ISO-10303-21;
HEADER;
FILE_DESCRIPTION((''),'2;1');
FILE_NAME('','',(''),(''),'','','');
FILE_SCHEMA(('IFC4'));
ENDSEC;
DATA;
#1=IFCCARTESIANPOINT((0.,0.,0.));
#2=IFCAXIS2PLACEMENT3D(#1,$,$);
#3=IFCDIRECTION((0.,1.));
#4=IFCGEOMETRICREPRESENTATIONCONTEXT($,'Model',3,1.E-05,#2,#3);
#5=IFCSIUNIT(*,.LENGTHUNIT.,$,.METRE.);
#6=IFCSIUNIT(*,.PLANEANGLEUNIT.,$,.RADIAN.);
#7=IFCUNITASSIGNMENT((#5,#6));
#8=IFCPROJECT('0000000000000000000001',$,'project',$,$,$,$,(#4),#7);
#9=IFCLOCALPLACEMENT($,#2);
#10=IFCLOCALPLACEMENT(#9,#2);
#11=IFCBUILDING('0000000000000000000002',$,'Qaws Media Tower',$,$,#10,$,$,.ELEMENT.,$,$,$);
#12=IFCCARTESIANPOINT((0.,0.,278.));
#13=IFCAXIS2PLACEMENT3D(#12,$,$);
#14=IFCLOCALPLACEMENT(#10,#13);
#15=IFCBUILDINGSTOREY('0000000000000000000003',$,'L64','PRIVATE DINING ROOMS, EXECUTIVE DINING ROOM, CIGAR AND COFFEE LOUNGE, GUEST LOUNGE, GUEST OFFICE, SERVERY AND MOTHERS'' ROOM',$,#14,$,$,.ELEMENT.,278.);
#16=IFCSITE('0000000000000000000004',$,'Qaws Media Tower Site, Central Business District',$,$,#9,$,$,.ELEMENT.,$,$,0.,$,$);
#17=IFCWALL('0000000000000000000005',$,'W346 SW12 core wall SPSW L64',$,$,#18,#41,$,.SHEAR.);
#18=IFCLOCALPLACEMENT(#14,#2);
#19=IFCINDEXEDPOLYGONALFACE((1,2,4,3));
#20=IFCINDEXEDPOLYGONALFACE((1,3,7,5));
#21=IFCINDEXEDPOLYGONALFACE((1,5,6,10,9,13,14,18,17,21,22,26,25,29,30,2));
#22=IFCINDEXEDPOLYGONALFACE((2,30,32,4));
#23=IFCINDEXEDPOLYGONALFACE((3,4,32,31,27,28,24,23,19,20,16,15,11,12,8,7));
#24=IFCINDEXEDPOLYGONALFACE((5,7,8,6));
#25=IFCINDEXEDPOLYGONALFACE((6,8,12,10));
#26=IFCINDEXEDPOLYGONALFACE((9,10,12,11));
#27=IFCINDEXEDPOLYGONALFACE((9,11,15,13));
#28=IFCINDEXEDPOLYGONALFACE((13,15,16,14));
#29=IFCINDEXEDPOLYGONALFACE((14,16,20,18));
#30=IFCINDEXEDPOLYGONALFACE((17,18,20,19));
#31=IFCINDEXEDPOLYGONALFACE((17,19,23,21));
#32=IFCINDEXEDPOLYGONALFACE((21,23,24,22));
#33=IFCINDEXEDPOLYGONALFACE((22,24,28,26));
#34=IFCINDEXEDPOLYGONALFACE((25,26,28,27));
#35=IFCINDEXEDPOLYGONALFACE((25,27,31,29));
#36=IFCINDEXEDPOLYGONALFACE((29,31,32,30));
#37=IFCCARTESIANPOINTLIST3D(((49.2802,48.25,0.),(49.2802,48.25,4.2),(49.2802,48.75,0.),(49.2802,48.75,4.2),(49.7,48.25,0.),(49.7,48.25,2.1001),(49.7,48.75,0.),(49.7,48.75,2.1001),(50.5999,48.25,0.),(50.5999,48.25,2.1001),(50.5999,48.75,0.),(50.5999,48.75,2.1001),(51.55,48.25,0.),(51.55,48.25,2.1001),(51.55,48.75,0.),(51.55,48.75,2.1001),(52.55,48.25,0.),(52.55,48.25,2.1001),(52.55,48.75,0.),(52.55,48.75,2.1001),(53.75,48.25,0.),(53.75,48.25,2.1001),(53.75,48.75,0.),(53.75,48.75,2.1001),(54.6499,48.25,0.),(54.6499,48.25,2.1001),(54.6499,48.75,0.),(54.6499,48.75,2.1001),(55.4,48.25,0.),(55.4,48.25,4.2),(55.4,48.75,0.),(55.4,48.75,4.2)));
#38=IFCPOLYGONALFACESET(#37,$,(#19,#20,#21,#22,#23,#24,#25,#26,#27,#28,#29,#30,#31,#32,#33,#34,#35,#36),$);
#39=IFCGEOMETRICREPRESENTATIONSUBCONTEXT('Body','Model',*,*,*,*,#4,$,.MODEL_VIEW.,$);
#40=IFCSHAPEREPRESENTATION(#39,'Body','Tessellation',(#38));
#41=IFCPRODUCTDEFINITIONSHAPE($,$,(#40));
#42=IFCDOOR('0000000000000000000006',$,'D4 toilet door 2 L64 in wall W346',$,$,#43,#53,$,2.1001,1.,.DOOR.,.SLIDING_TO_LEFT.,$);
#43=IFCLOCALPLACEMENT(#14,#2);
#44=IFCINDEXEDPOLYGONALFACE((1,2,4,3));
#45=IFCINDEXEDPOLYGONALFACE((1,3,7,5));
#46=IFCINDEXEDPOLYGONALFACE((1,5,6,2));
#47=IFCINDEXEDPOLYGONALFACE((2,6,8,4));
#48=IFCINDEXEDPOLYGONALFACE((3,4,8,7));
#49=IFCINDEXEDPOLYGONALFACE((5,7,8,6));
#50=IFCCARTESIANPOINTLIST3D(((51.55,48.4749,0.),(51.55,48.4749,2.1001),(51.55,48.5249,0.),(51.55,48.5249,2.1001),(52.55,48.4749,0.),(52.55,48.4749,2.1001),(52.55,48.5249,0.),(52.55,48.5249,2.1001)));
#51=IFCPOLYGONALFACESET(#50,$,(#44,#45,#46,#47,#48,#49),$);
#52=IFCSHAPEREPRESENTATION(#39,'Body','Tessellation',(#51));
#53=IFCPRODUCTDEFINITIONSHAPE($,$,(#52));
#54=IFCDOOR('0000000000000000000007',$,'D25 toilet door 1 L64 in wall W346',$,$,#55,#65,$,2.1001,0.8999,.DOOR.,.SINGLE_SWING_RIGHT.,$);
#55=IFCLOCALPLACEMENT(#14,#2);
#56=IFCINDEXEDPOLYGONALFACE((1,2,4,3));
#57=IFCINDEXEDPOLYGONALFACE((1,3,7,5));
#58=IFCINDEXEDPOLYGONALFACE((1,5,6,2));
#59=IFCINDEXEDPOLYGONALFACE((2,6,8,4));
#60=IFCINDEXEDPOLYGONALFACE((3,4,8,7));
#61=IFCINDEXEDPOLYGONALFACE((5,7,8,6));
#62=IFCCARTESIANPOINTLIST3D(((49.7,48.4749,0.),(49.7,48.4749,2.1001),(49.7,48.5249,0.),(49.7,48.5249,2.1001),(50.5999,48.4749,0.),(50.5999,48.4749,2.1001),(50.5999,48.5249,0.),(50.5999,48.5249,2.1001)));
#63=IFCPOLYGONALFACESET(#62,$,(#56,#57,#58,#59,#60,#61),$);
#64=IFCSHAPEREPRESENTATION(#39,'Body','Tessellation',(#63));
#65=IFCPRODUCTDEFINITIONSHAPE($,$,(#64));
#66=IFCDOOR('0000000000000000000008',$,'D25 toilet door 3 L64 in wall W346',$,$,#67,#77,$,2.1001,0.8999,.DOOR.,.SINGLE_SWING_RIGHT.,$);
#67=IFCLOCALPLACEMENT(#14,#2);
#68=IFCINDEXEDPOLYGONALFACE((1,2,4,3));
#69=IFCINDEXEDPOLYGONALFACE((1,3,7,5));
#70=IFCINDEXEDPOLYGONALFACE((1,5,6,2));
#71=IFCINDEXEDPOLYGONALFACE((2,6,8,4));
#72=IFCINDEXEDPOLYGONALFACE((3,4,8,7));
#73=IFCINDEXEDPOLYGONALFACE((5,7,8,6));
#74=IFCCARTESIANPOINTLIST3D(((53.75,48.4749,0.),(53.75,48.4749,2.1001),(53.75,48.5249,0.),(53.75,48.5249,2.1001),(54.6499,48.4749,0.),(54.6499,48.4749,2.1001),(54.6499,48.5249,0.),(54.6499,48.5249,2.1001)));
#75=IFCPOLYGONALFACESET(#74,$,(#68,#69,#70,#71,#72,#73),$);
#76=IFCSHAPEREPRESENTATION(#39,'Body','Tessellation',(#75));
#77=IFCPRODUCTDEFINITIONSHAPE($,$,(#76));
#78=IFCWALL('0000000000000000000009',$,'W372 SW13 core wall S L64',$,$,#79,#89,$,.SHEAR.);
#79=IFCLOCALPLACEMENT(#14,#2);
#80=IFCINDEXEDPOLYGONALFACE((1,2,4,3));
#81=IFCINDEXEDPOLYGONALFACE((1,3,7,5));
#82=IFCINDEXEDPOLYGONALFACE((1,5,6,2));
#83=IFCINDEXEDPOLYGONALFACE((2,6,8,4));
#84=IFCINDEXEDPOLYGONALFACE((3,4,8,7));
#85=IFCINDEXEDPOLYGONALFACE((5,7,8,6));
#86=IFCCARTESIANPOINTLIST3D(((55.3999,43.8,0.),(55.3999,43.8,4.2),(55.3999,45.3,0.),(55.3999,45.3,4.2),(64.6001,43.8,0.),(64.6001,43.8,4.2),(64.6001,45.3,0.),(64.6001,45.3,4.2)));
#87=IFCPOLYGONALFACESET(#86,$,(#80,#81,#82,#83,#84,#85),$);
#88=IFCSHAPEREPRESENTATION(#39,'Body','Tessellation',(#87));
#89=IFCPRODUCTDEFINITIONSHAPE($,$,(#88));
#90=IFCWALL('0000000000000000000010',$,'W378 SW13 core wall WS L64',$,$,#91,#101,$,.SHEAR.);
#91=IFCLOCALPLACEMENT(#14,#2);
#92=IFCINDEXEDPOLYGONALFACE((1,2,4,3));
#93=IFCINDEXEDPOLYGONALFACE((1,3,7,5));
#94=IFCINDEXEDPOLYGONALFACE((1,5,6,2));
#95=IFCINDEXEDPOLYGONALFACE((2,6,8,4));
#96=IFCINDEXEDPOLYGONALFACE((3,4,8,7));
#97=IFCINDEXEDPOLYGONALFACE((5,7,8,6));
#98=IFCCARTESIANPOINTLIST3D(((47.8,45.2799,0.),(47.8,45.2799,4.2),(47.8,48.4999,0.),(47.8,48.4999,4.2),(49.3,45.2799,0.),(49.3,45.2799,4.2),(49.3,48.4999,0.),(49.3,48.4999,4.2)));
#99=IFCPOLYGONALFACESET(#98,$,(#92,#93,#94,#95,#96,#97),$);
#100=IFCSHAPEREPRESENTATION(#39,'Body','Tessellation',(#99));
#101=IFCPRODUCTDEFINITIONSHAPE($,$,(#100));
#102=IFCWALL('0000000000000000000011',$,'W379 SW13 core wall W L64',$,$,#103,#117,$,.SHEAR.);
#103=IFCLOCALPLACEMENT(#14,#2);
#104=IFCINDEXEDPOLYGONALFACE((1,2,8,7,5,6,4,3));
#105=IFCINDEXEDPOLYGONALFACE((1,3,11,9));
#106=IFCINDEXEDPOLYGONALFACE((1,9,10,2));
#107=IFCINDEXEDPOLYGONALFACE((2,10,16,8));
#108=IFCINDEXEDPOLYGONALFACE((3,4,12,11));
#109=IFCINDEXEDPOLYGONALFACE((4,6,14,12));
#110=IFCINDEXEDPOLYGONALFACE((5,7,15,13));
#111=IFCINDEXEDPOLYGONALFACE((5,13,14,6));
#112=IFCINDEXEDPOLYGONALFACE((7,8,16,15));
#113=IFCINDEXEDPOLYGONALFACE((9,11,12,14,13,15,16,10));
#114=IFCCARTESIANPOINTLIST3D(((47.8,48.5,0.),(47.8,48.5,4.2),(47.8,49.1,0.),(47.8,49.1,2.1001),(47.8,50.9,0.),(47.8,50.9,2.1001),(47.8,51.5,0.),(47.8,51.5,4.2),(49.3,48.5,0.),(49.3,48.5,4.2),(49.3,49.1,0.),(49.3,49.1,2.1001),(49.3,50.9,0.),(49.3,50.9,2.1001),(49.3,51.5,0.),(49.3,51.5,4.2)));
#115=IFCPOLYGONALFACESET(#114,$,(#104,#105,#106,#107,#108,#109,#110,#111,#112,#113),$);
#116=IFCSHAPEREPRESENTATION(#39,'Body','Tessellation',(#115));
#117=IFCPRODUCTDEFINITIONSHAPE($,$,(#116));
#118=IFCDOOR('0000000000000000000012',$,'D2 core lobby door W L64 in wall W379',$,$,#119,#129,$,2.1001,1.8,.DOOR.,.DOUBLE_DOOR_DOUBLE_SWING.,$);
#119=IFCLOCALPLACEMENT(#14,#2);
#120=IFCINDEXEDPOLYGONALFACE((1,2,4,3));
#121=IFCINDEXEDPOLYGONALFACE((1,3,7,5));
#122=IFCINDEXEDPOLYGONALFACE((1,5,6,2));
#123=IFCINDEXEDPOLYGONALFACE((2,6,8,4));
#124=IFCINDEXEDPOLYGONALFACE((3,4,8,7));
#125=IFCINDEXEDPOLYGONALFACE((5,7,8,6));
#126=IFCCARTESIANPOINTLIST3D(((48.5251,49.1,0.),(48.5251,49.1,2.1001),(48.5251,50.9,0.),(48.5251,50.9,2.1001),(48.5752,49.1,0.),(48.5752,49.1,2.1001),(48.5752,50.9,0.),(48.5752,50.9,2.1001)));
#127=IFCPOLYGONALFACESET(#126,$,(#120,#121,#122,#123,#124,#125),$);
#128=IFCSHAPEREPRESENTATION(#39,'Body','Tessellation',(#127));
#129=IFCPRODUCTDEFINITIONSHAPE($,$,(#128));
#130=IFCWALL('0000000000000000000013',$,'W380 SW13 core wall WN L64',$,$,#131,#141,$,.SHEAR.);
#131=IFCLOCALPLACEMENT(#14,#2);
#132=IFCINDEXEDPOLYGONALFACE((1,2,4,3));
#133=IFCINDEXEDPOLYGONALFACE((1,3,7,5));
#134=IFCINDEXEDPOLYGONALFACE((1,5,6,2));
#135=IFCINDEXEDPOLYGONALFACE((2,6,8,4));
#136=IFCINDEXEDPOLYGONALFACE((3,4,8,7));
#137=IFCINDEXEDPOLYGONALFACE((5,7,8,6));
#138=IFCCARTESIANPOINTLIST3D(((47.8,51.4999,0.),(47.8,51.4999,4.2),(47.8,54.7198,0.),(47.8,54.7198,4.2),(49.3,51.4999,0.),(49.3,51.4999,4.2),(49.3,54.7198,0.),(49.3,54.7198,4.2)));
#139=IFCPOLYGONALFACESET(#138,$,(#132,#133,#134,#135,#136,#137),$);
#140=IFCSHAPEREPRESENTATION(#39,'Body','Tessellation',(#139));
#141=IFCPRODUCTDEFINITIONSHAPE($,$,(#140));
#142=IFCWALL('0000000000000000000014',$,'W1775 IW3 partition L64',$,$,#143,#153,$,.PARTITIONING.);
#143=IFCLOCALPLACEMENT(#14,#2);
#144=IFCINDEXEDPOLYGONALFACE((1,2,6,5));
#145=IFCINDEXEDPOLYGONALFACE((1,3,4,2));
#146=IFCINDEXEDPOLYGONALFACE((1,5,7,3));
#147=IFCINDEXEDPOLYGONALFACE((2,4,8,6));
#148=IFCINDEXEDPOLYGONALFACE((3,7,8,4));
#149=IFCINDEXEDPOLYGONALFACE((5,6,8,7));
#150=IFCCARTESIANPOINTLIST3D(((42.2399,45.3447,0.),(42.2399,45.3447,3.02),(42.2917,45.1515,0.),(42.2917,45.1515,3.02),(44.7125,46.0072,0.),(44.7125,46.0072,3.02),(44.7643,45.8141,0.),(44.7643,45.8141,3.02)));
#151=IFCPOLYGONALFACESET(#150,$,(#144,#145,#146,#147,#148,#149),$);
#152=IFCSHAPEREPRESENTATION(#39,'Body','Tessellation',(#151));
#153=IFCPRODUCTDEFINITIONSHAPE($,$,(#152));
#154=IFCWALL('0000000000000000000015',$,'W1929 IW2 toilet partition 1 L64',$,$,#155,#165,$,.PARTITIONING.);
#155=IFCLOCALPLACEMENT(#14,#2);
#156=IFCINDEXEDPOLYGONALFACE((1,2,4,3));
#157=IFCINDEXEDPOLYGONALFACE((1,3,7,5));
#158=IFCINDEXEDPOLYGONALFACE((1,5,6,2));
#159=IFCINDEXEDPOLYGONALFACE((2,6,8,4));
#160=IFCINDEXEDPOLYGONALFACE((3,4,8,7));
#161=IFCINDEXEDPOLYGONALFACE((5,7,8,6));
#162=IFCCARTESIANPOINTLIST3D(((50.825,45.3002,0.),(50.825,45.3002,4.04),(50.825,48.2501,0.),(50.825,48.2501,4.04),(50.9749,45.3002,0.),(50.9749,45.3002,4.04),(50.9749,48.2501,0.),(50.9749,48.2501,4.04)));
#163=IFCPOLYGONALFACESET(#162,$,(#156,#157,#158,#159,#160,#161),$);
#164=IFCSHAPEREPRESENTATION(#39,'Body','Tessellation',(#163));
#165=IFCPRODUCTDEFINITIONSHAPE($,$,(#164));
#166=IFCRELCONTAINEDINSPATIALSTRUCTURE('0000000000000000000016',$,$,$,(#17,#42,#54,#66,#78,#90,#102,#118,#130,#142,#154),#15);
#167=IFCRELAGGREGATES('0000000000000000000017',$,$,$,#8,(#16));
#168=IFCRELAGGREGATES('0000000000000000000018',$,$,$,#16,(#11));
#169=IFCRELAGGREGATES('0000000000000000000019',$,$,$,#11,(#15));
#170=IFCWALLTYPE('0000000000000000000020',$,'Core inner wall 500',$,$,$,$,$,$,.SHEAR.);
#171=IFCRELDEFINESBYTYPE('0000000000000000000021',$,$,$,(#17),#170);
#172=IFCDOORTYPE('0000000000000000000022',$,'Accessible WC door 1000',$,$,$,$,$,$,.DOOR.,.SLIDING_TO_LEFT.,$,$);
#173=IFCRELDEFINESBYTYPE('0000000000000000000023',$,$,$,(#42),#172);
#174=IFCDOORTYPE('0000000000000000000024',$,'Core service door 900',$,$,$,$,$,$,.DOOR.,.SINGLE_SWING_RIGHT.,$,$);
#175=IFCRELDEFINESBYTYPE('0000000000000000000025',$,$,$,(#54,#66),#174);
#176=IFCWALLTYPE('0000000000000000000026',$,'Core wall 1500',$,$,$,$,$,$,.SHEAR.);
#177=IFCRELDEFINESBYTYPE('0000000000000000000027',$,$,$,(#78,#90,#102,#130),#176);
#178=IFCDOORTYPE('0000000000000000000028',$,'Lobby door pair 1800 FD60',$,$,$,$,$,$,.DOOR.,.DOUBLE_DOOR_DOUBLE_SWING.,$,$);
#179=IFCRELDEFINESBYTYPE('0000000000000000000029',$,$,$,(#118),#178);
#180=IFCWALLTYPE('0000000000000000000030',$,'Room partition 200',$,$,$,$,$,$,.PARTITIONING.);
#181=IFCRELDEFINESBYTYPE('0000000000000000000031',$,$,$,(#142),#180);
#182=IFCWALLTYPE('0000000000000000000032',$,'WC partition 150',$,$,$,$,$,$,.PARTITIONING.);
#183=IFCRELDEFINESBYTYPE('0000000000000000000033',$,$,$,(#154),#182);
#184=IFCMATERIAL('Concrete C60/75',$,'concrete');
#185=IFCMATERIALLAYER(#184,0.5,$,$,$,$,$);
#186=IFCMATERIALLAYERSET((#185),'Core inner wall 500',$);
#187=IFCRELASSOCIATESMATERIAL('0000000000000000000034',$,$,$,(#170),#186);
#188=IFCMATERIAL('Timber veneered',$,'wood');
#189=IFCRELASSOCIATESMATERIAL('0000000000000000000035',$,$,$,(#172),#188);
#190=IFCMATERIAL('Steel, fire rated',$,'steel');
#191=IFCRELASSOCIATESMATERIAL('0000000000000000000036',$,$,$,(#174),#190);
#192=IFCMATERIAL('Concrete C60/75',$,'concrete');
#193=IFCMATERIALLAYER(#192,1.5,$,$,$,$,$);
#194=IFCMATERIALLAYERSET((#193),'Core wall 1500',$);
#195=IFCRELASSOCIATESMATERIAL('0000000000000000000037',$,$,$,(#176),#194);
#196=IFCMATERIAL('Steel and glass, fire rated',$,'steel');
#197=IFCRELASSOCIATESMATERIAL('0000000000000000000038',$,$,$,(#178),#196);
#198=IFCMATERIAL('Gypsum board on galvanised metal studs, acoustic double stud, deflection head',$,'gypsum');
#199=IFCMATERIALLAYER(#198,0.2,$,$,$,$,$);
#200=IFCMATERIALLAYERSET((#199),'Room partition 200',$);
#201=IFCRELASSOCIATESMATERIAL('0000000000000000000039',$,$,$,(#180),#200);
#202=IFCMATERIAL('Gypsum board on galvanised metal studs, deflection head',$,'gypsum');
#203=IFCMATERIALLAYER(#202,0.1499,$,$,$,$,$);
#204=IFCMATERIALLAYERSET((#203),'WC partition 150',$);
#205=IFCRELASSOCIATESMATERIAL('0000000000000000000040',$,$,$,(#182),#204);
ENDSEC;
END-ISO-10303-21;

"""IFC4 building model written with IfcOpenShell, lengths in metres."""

from ifc_helpers import new_model, si_unit, direction, frame, frame_2d, origin, place, context, subcontext, project, spatial, rectangle, extrude, material, layer, layer_set, type_object, element, fill, save


model = new_model("IFC4")

# Units and contexts
model_context = context("Model", 3, precision=1e-05, world=origin(), true_north=direction((0.0, 1.0)))
body_context = subcontext(model_context, "Body", "Model", "MODEL_VIEW")
ifc_project = project(units=[si_unit("LENGTHUNIT", "METRE"), si_unit("PLANEANGLEUNIT", "RADIAN")], contexts=[model_context])

# Site, building, storey
site_placement = place(None, origin())
site = spatial("IfcSite", under=ifc_project, at=site_placement, Name="Qaws Media Tower Site, Central Business District", CompositionType="ELEMENT", RefElevation=0.0)
building_placement = place(site_placement, origin())
building = spatial("IfcBuilding", under=site, at=building_placement, Name="Qaws Media Tower", CompositionType="ELEMENT")
storey_placement = place(building_placement, frame((0.0, 0.0, 278.0)))
storey = spatial("IfcBuildingStorey", under=building, at=storey_placement, Name="L64", Description="PRIVATE DINING ROOMS, EXECUTIVE DINING ROOM, CIGAR AND COFFEE LOUNGE, GUEST LOUNGE, GUEST OFFICE, SERVERY AND MOTHERS' ROOM", CompositionType="ELEMENT", Elevation=278.0)

# Shared definitions
ifc_material_1 = material(Name="Concrete C60/75", Category="concrete")
ifc_layer_1 = layer(ifc_material_1, 0.5)
ifc_layer_set_1 = layer_set([ifc_layer_1], Name="Core inner wall 500")
wall_type_1 = type_object("IfcWallType", Name="Core inner wall 500", PredefinedType="SHEAR", material=ifc_layer_set_1)

# Wall, openings, doors
wall_1_placement = place(storey_placement, frame((49.28, 48.5, 0.0), z_axis=(0.0, 0.0, 1.0), x_axis=(1.0, 0.0, 0.0)))
wall_1 = element("IfcWall", 1, at=wall_1_placement, inside=storey, type_object=wall_type_1, Name="W346 SW12 core wall SPSW L64", PredefinedType="SHEAR", context=body_context, shape_type="SweptSolid", body=[
    extrude(rectangle(XDim=6.1199, YDim=0.5, at=frame_2d((3.0601, 0.0))), origin(), (0.0, 0.0, 1.0), 4.2),
])
opening_1_placement = place(wall_1_placement, frame((0.4199, 0.0, 0.0)))
opening_1 = element("IfcOpeningElement", 2, at=opening_1_placement, cuts=wall_1, PredefinedType="OPENING", context=body_context, shape_type="SweptSolid", body=[
    extrude(rectangle(XDim=0.8999, YDim=2.1001, at=frame_2d((0.45, 1.05))), frame((0.0, 0.26, 0.0), z_axis=(0.0, -1.0, 0.0), x_axis=(1.0, 0.0, 0.0)), (0.0, 0.0, 1.0), 0.52),
])
opening_2_placement = place(wall_1_placement, frame((2.27, 0.0, 0.0)))
opening_2 = element("IfcOpeningElement", 3, at=opening_2_placement, cuts=wall_1, PredefinedType="OPENING", context=body_context, shape_type="SweptSolid", body=[
    extrude(rectangle(XDim=1.0, YDim=2.1001, at=frame_2d((0.5, 1.05))), frame((0.0, 0.26, 0.0), z_axis=(0.0, -1.0, 0.0), x_axis=(1.0, 0.0, 0.0)), (0.0, 0.0, 1.0), 0.52),
])
opening_3_placement = place(wall_1_placement, frame((4.47, 0.0, 0.0)))
opening_3 = element("IfcOpeningElement", 4, at=opening_3_placement, cuts=wall_1, PredefinedType="OPENING", context=body_context, shape_type="SweptSolid", body=[
    extrude(rectangle(XDim=0.8999, YDim=2.1001, at=frame_2d((0.45, 1.05))), frame((0.0, 0.26, 0.0), z_axis=(0.0, -1.0, 0.0), x_axis=(1.0, 0.0, 0.0)), (0.0, 0.0, 1.0), 0.52),
])
ifc_material_2 = material(Name="Timber veneered", Category="wood")
door_type_1 = type_object("IfcDoorType", Name="Accessible WC door 1000", OperationType="SLIDING_TO_LEFT", PredefinedType="DOOR", material=ifc_material_2)
door_1_placement = place(opening_2_placement, origin())
door_1 = element("IfcDoor", 5, at=door_1_placement, inside=storey, type_object=door_type_1, Name="D4 toilet door 2 L64 in wall W346", OperationType="SLIDING_TO_LEFT", OverallHeight=2.1001, OverallWidth=1.0, PredefinedType="DOOR", context=body_context, shape_type="SweptSolid", body=[
    extrude(rectangle(XDim=1.0, YDim=2.1001, at=frame_2d((0.5, 1.05))), frame((0.0, 0.0249, 0.0), z_axis=(0.0, -1.0, 0.0), x_axis=(1.0, 0.0, 0.0)), (0.0, 0.0, 1.0), 0.05),
])
fill(opening_2, door_1)
ifc_material_3 = material(Name="Steel, fire rated", Category="steel")
door_type_2 = type_object("IfcDoorType", Name="Core service door 900", OperationType="SINGLE_SWING_RIGHT", PredefinedType="DOOR", material=ifc_material_3)
door_2_placement = place(opening_1_placement, origin())
door_2 = element("IfcDoor", 6, at=door_2_placement, inside=storey, type_object=door_type_2, Name="D25 toilet door 1 L64 in wall W346", OperationType="SINGLE_SWING_RIGHT", OverallHeight=2.1001, OverallWidth=0.8999, PredefinedType="DOOR", context=body_context, shape_type="SweptSolid", body=[
    extrude(rectangle(XDim=0.8999, YDim=2.1001, at=frame_2d((0.45, 1.05))), frame((0.0, 0.0249, 0.0), z_axis=(0.0, -1.0, 0.0), x_axis=(1.0, 0.0, 0.0)), (0.0, 0.0, 1.0), 0.05),
])
fill(opening_1, door_2)
door_3_placement = place(opening_3_placement, origin())
door_3 = element("IfcDoor", 7, at=door_3_placement, inside=storey, type_object=door_type_2, Name="D25 toilet door 3 L64 in wall W346", OperationType="SINGLE_SWING_RIGHT", OverallHeight=2.1001, OverallWidth=0.8999, PredefinedType="DOOR", context=body_context, shape_type="SweptSolid", body=[
    extrude(rectangle(XDim=0.8999, YDim=2.1001, at=frame_2d((0.45, 1.05))), frame((0.0, 0.0249, 0.0), z_axis=(0.0, -1.0, 0.0), x_axis=(1.0, 0.0, 0.0)), (0.0, 0.0, 1.0), 0.05),
])
fill(opening_3, door_3)

# Walls
ifc_material_4 = material(Name="Concrete C60/75", Category="concrete")
ifc_layer_2 = layer(ifc_material_4, 1.5)
ifc_layer_set_2 = layer_set([ifc_layer_2], Name="Core wall 1500")
wall_type_2 = type_object("IfcWallType", Name="Core wall 1500", PredefinedType="SHEAR", material=ifc_layer_set_2)
wall_2_placement = place(storey_placement, frame((55.3999, 44.55, 0.0), z_axis=(0.0, 0.0, 1.0), x_axis=(1.0, 0.0, 0.0)))
element("IfcWall", 8, at=wall_2_placement, inside=storey, type_object=wall_type_2, Name="W372 SW13 core wall S L64", PredefinedType="SHEAR", context=body_context, shape_type="SweptSolid", body=[
    extrude(rectangle(XDim=9.2002, YDim=1.5, at=frame_2d((4.6001, 0.0))), origin(), (0.0, 0.0, 1.0), 4.2),
])
wall_3_placement = place(storey_placement, frame((48.55, 45.28, 0.0), z_axis=(0.0, 0.0, 1.0), x_axis=(0.0, 1.0, 0.0)))
element("IfcWall", 9, at=wall_3_placement, inside=storey, type_object=wall_type_2, Name="W378 SW13 core wall WS L64", PredefinedType="SHEAR", context=body_context, shape_type="SweptSolid", body=[
    extrude(rectangle(XDim=3.22, YDim=1.5, at=frame_2d((1.6099, 0.0))), origin(), (0.0, 0.0, 1.0), 4.2),
])

# Wall, opening, door
wall_4_placement = place(storey_placement, frame((48.55, 48.5, 0.0), z_axis=(0.0, 0.0, 1.0), x_axis=(0.0, 1.0, 0.0)))
wall_4 = element("IfcWall", 10, at=wall_4_placement, inside=storey, type_object=wall_type_2, Name="W379 SW13 core wall W L64", PredefinedType="SHEAR", context=body_context, shape_type="SweptSolid", body=[
    extrude(rectangle(XDim=3.0, YDim=1.5, at=frame_2d((1.5, 0.0))), origin(), (0.0, 0.0, 1.0), 4.2),
])
opening_4_placement = place(wall_4_placement, frame((0.6001, 0.0, 0.0)))
opening_4 = element("IfcOpeningElement", 11, at=opening_4_placement, cuts=wall_4, PredefinedType="OPENING", context=body_context, shape_type="SweptSolid", body=[
    extrude(rectangle(XDim=1.8, YDim=2.1001, at=frame_2d((0.8999, 1.05))), frame((0.0, 0.76, 0.0), z_axis=(0.0, -1.0, 0.0), x_axis=(1.0, 0.0, 0.0)), (0.0, 0.0, 1.0), 1.52),
])
ifc_material_5 = material(Name="Steel and glass, fire rated", Category="steel")
door_type_3 = type_object("IfcDoorType", Name="Lobby door pair 1800 FD60", OperationType="DOUBLE_DOOR_DOUBLE_SWING", PredefinedType="DOOR", material=ifc_material_5)
door_4_placement = place(opening_4_placement, origin())
door_4 = element("IfcDoor", 12, at=door_4_placement, inside=storey, type_object=door_type_3, Name="D2 core lobby door W L64 in wall W379", OperationType="DOUBLE_DOOR_DOUBLE_SWING", OverallHeight=2.1001, OverallWidth=1.8, PredefinedType="DOOR", context=body_context, shape_type="SweptSolid", body=[
    extrude(rectangle(XDim=1.8, YDim=2.1001, at=frame_2d((0.8999, 1.05))), frame((0.0, 0.0249, 0.0), z_axis=(0.0, -1.0, 0.0), x_axis=(1.0, 0.0, 0.0)), (0.0, 0.0, 1.0), 0.05),
])
fill(opening_4, door_4)

# Walls
wall_5_placement = place(storey_placement, frame((48.55, 51.5, 0.0), z_axis=(0.0, 0.0, 1.0), x_axis=(0.0, 1.0, 0.0)))
element("IfcWall", 13, at=wall_5_placement, inside=storey, type_object=wall_type_2, Name="W380 SW13 core wall WN L64", PredefinedType="SHEAR", context=body_context, shape_type="SweptSolid", body=[
    extrude(rectangle(XDim=3.22, YDim=1.5, at=frame_2d((1.6099, 0.0))), origin(), (0.0, 0.0, 1.0), 4.2),
])
ifc_material_6 = material(Name="Gypsum board on galvanised metal studs, acoustic double stud, deflection head", Category="gypsum")
ifc_layer_3 = layer(ifc_material_6, 0.2)
ifc_layer_set_3 = layer_set([ifc_layer_3], Name="Room partition 200")
wall_type_3 = type_object("IfcWallType", Name="Room partition 200", PredefinedType="PARTITIONING", material=ifc_layer_set_3)
wall_6_placement = place(storey_placement, frame((44.7383, 45.9106, 0.0), z_axis=(0.0, 0.0, 1.0), x_axis=(-0.965921, -0.258838, 0.0)))
element("IfcWall", 14, at=wall_6_placement, inside=storey, type_object=wall_type_3, Name="W1775 IW3 partition L64", PredefinedType="PARTITIONING", context=body_context, shape_type="SweptSolid", body=[
    extrude(rectangle(XDim=2.5598, YDim=0.2, at=frame_2d((1.2798, 0.0))), origin(), (0.0, 0.0, 1.0), 3.02),
])
ifc_material_7 = material(Name="Gypsum board on galvanised metal studs, deflection head", Category="gypsum")
ifc_layer_4 = layer(ifc_material_7, 0.1499)
ifc_layer_set_4 = layer_set([ifc_layer_4], Name="WC partition 150")
wall_type_4 = type_object("IfcWallType", Name="WC partition 150", PredefinedType="PARTITIONING", material=ifc_layer_set_4)
for number, where, z_axis, x_axis, name in (
    (15, (50.8999, 45.3, 0.0), (0.0, 0.0, 1.0), (0.0, 1.0, 0.0), "W1929 IW2 toilet partition 1 L64"),
):
    element("IfcWall", number, at=place(storey_placement, frame(where, z_axis=z_axis, x_axis=x_axis)), inside=storey, type_object=wall_type_4, Name=name, PredefinedType="PARTITIONING", context=body_context, shape_type="SweptSolid", body=[
        extrude(rectangle(XDim=2.95, YDim=0.1499, at=frame_2d((1.4751, 0.0))), origin(), (0.0, 0.0, 1.0), 4.04),
    ])

save(model, "model.ifc")
